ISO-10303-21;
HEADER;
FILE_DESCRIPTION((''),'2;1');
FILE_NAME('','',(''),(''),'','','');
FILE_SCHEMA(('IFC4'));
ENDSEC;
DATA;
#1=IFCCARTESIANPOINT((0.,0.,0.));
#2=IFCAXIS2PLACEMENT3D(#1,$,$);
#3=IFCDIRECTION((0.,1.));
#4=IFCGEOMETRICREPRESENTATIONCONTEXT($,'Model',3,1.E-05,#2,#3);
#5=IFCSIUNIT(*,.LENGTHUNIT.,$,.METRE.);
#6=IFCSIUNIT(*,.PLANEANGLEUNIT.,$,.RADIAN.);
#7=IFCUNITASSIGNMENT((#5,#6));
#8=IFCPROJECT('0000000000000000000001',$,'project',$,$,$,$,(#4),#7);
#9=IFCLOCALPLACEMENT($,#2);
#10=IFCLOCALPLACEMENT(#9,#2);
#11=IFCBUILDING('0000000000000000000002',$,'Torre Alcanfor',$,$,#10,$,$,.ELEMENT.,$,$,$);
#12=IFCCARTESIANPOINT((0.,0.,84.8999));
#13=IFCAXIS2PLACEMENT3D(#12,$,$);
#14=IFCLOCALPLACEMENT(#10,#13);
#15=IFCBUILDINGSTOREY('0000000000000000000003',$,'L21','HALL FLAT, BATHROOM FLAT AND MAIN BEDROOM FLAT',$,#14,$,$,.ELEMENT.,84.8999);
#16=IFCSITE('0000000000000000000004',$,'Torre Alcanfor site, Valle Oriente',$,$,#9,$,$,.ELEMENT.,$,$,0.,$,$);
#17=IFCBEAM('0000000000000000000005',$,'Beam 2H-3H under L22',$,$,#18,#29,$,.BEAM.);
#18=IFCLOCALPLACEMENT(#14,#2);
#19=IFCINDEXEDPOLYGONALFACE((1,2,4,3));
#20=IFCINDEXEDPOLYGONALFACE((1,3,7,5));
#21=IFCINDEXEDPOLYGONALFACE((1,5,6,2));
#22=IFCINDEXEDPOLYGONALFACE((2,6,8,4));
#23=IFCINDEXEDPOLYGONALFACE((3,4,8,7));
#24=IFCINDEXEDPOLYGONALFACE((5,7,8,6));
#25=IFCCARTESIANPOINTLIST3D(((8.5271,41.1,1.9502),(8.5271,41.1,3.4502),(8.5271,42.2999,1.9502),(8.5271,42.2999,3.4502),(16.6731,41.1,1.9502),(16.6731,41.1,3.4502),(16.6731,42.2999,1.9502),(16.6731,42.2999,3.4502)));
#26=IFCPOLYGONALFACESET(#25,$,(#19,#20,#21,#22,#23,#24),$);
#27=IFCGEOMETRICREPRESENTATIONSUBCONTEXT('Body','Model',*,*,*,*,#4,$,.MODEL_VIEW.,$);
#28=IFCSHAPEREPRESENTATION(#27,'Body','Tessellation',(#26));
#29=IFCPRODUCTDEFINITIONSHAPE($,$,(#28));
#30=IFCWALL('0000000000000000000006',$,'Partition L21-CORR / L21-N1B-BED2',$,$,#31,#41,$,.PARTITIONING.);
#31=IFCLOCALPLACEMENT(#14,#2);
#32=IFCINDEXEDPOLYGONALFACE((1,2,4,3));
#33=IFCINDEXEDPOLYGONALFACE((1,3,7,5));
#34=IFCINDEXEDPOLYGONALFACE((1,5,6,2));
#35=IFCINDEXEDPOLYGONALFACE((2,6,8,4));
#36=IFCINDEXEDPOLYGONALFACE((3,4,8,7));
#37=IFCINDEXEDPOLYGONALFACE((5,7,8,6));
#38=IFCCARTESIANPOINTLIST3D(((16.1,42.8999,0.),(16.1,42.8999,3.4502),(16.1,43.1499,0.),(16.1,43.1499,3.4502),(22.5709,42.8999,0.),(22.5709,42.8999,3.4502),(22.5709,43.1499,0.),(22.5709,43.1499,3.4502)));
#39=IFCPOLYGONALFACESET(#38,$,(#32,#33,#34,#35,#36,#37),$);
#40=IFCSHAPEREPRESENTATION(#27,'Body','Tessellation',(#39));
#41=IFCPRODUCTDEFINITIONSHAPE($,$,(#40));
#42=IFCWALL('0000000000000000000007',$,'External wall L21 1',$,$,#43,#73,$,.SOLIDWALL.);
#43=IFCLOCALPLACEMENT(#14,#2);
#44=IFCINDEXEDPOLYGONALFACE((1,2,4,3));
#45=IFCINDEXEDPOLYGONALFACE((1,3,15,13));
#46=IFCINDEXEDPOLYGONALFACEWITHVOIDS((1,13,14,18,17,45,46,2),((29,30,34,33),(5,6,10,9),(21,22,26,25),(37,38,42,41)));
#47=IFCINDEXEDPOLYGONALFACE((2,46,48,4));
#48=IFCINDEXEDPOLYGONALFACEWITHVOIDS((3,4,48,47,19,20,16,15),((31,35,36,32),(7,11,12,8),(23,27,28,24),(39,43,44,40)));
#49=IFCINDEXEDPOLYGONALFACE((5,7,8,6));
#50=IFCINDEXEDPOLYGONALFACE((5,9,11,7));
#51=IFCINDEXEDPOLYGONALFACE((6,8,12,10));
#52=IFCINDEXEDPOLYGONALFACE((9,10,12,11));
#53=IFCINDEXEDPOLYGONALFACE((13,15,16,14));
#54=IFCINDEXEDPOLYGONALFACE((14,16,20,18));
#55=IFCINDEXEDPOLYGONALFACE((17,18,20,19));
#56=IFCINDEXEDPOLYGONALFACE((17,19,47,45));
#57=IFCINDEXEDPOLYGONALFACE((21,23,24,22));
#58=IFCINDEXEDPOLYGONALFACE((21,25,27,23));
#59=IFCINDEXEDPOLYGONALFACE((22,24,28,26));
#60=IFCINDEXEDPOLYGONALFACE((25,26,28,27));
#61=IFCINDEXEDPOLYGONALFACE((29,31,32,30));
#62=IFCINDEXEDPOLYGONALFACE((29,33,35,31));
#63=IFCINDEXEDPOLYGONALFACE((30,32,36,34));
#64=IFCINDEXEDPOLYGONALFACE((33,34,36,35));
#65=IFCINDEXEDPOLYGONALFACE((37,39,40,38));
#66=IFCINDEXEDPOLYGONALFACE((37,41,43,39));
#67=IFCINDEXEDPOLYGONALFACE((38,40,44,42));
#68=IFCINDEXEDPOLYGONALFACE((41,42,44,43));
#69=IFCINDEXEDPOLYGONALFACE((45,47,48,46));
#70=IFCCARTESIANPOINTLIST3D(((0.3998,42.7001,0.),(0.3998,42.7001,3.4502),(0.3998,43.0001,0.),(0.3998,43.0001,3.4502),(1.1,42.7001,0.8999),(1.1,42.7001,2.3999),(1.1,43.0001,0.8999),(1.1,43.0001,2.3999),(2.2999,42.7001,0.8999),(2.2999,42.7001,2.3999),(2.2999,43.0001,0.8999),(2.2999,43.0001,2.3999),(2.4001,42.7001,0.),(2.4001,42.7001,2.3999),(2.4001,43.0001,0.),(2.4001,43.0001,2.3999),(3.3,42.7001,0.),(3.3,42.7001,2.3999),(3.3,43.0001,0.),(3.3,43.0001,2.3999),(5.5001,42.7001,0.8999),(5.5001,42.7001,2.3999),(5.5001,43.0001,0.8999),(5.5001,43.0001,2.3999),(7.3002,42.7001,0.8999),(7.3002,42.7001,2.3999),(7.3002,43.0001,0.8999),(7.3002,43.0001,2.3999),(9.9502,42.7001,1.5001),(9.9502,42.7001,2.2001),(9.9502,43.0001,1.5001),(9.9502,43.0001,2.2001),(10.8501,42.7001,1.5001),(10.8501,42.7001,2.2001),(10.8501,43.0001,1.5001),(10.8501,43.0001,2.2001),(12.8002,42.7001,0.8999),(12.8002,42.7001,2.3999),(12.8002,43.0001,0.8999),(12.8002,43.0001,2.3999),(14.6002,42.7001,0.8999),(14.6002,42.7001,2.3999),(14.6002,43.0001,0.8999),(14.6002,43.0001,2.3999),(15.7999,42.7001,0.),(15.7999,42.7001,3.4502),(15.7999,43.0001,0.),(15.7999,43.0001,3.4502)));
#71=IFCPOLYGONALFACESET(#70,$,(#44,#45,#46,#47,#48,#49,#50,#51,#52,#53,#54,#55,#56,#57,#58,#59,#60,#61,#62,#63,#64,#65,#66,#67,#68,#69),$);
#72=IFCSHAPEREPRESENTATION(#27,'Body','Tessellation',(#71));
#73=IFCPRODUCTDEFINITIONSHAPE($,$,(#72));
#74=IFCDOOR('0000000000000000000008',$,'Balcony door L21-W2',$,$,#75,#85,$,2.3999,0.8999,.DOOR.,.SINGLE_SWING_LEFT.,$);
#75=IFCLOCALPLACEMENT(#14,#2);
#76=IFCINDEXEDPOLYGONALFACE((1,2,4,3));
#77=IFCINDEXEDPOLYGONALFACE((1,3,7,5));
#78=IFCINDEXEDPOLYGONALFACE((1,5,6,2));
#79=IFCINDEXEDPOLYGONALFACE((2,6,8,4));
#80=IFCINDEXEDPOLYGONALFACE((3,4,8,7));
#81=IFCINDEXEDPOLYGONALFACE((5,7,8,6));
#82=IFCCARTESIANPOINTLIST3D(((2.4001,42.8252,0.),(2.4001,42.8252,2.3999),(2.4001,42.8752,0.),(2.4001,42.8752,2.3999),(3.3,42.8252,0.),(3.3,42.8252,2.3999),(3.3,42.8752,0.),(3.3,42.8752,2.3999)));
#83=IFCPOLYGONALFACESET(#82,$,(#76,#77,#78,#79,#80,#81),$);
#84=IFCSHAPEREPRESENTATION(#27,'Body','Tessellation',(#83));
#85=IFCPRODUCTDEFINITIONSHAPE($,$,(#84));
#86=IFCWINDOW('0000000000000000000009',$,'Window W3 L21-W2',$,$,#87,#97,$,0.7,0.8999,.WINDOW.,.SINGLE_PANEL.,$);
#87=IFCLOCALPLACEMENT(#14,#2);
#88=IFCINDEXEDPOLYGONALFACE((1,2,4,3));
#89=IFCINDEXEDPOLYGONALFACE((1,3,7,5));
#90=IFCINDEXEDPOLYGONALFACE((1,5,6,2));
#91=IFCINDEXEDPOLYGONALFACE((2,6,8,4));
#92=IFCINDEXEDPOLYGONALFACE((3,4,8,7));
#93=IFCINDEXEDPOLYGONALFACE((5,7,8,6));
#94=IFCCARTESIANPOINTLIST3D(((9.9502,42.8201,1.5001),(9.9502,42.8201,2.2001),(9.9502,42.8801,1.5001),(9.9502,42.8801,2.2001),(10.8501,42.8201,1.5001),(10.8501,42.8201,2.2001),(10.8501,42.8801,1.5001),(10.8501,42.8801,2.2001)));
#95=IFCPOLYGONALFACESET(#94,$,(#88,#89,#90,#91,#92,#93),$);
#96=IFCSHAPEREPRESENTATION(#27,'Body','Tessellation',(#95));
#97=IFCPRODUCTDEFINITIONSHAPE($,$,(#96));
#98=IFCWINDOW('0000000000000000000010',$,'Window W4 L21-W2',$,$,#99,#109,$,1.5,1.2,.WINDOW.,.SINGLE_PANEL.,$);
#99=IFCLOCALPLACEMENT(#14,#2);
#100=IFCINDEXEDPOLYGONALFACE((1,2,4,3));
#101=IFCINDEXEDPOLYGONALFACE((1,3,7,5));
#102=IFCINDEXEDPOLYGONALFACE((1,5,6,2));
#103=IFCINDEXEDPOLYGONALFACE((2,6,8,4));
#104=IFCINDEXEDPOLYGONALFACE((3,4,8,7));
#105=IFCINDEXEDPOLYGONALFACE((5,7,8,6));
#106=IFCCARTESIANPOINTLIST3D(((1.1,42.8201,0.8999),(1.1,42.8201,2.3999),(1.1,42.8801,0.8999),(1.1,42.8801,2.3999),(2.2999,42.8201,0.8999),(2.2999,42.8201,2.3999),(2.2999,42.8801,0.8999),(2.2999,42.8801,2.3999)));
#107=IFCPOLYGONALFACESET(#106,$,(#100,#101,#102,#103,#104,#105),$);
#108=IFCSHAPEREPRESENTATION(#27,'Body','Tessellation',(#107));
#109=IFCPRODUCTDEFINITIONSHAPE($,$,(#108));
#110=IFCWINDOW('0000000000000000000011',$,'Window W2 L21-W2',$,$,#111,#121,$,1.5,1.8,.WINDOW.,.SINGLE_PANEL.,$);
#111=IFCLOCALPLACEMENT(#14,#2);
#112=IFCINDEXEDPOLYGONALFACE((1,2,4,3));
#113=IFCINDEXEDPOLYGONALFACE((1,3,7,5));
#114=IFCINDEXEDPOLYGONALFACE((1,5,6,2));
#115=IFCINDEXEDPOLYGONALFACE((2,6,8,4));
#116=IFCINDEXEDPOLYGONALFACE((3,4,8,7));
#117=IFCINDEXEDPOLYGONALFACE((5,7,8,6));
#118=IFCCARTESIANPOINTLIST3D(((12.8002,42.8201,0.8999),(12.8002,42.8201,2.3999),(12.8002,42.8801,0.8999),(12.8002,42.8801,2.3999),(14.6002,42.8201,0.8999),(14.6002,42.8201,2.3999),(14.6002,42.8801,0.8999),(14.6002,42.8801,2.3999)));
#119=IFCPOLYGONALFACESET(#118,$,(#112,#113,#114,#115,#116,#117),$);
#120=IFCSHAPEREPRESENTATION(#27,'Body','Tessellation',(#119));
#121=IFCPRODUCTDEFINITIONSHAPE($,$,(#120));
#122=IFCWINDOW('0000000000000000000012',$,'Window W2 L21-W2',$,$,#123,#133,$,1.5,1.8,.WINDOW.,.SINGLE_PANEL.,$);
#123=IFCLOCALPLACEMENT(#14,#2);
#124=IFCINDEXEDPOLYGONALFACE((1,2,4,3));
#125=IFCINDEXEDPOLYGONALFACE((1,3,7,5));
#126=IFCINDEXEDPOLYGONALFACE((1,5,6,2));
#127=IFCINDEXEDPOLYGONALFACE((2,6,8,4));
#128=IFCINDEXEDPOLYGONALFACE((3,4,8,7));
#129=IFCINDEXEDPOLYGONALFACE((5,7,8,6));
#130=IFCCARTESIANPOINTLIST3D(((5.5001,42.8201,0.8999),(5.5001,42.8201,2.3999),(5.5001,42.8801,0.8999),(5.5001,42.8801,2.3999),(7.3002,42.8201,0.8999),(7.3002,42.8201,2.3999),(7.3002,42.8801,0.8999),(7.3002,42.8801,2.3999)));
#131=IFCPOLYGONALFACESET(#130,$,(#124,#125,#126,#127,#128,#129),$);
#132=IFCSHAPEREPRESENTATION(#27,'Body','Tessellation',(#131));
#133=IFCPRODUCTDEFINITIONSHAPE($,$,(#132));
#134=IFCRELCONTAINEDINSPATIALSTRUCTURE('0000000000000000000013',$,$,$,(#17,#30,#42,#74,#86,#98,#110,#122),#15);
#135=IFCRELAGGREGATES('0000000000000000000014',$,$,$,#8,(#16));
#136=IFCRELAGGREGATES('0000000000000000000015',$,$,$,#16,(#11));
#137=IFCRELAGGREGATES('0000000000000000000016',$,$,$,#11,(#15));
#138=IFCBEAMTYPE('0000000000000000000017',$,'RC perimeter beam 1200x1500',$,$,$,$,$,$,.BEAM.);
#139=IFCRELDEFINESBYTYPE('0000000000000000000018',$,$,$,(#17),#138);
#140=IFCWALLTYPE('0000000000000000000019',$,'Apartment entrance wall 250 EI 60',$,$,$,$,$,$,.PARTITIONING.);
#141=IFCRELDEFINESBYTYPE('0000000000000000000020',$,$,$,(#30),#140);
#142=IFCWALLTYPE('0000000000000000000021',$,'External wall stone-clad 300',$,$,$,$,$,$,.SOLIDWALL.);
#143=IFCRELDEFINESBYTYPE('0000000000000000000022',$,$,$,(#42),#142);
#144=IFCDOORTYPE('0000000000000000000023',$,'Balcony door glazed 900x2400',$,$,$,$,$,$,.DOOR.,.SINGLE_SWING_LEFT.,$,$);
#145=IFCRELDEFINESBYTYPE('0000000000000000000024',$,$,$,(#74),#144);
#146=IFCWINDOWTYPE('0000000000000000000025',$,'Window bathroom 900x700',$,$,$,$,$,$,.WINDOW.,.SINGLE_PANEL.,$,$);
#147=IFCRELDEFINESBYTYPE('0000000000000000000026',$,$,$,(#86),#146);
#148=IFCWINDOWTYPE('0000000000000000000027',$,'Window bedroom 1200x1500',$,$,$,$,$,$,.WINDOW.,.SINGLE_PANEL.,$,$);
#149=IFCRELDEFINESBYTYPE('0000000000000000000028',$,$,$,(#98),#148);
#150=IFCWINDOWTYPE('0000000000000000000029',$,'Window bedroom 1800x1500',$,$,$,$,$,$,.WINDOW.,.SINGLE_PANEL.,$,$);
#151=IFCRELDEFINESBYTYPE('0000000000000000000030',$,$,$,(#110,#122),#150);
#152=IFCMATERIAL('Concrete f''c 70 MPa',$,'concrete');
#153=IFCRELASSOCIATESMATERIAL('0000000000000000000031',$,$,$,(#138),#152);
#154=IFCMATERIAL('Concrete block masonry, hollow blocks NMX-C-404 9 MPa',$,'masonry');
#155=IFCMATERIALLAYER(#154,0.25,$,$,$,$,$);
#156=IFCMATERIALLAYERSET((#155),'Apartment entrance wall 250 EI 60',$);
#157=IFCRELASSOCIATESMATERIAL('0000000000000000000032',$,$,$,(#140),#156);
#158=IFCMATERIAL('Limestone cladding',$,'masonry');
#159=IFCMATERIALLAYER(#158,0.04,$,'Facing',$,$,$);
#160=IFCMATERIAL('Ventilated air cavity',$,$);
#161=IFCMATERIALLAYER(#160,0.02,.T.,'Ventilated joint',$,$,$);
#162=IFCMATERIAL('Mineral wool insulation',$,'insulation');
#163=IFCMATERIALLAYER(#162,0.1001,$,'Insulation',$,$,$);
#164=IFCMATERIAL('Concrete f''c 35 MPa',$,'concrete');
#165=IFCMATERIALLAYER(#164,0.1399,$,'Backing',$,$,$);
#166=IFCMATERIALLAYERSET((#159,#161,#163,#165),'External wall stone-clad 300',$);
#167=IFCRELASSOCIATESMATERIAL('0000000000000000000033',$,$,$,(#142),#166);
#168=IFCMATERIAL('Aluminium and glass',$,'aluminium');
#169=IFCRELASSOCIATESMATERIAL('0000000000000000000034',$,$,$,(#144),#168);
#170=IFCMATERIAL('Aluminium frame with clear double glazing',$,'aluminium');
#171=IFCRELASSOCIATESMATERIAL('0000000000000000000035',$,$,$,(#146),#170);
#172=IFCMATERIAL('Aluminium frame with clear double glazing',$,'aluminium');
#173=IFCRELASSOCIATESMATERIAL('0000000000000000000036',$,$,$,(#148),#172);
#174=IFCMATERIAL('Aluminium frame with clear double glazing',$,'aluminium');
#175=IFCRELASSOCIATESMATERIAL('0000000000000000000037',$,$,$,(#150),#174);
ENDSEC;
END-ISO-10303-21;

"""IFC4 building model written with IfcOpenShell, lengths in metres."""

from ifc_helpers import new_model, si_unit, direction, frame, frame_2d, origin, origin_2d, place, context, subcontext, project, spatial, rectangle, extrude, material, layer, layer_set, material_profile, profile_set, type_object, element, fill, save


model = new_model("IFC4")

# Units and contexts
model_context = context("Model", 3, precision=1e-05, world=origin(), true_north=direction((0.0, 1.0)))
body_context = subcontext(model_context, "Body", "Model", "MODEL_VIEW")
ifc_project = project(units=[si_unit("LENGTHUNIT", "METRE"), si_unit("PLANEANGLEUNIT", "RADIAN")], contexts=[model_context])

# Site, building, storey
site_placement = place(None, origin())
site = spatial("IfcSite", under=ifc_project, at=site_placement, Name="Torre Alcanfor site, Valle Oriente", CompositionType="ELEMENT", RefElevation=0.0)
building_placement = place(site_placement, origin())
building = spatial("IfcBuilding", under=site, at=building_placement, Name="Torre Alcanfor", CompositionType="ELEMENT")
storey_placement = place(building_placement, frame((0.0, 0.0, 84.8999)))
storey = spatial("IfcBuildingStorey", under=building, at=storey_placement, Name="L21", Description="HALL FLAT, BATHROOM FLAT AND MAIN BEDROOM FLAT", CompositionType="ELEMENT", Elevation=84.8999)

# Beam
ifc_material_1 = material(Name="Concrete f'c 70 MPa", Category="concrete")
ifc_material_profile_1 = material_profile(ifc_material_1, rectangle(XDim=1.2, YDim=1.5, at=origin_2d()), Name="1200x1500")
ifc_profile_set_1 = profile_set([ifc_material_profile_1], Name="Concrete f'c 70 MPa")
beam_type_1 = type_object("IfcBeamType", Name="RC perimeter beam 1200x1500", PredefinedType="BEAM", material=ifc_profile_set_1)
beam_1_placement = place(storey_placement, frame((8.5271, 41.7, 2.7002), z_axis=(1.0, 0.0, 0.0), x_axis=(0.0, 1.0, 0.0)))
element("IfcBeam", 1, at=beam_1_placement, inside=storey, type_object=beam_type_1, Name="Beam 2H-3H under L22", PredefinedType="BEAM", context=body_context, shape_type="SweptSolid", body=[
    extrude(rectangle(XDim=1.2, YDim=1.5, at=origin_2d()), origin(), (0.0, 0.0, 1.0), 8.146),
])

# Wall
ifc_material_2 = material(Name="Concrete block masonry, hollow blocks NMX-C-404 9 MPa", Category="masonry")
ifc_layer_1 = layer(ifc_material_2, 0.25)
ifc_layer_set_1 = layer_set([ifc_layer_1], Name="Apartment entrance wall 250 EI 60")
wall_type_1 = type_object("IfcWallType", Name="Apartment entrance wall 250 EI 60", PredefinedType="PARTITIONING", material=ifc_layer_set_1)
wall_1_placement = place(storey_placement, frame((16.1001, 43.0249, 0.0), z_axis=(0.0, 0.0, 1.0), x_axis=(1.0, 0.0, 0.0)))
element("IfcWall", 2, at=wall_1_placement, inside=storey, type_object=wall_type_1, Name="Partition L21-CORR / L21-N1B-BED2", PredefinedType="PARTITIONING", context=body_context, shape_type="SweptSolid", body=[
    extrude(rectangle(XDim=6.4709, YDim=0.25, at=frame_2d((3.2354, 0.0))), origin(), (0.0, 0.0, 1.0), 3.4502),
])

# Wall, openings, door, windows
ifc_material_3 = material(Name="Limestone cladding", Category="masonry")
ifc_layer_2 = layer(ifc_material_3, 0.04, Name="Facing")
ifc_material_4 = material(Name="Ventilated air cavity")
ifc_layer_3 = layer(ifc_material_4, 0.02, ventilated=True, Name="Ventilated joint")
ifc_material_5 = material(Name="Mineral wool insulation", Category="insulation")
ifc_layer_4 = layer(ifc_material_5, 0.1001, Name="Insulation")
ifc_material_6 = material(Name="Concrete f'c 35 MPa", Category="concrete")
ifc_layer_5 = layer(ifc_material_6, 0.1399, Name="Backing")
ifc_layer_set_2 = layer_set([ifc_layer_2, ifc_layer_3, ifc_layer_4, ifc_layer_5], Name="External wall stone-clad 300")
wall_type_2 = type_object("IfcWallType", Name="External wall stone-clad 300", PredefinedType="SOLIDWALL", material=ifc_layer_set_2)
wall_2_placement = place(storey_placement, frame((15.8, 42.8501, 0.0), z_axis=(0.0, 0.0, 1.0), x_axis=(-1.0, 0.0, 0.0)))
wall_2 = element("IfcWall", 3, at=wall_2_placement, inside=storey, type_object=wall_type_2, Name="External wall L21 1", PredefinedType="SOLIDWALL", context=body_context, shape_type="SweptSolid", body=[
    extrude(rectangle(XDim=15.4001, YDim=0.3, at=frame_2d((7.7002, 0.0))), origin(), (0.0, 0.0, 1.0), 3.4502),
])
opening_1_placement = place(wall_2_placement, frame((1.2, 0.0, 0.8999)))
opening_1 = element("IfcOpeningElement", 4, at=opening_1_placement, cuts=wall_2, PredefinedType="OPENING", context=body_context, shape_type="SweptSolid", body=[
    extrude(rectangle(XDim=1.8, YDim=1.5, at=frame_2d((0.8999, 0.75))), frame((0.0, 0.1599, 0.0), z_axis=(0.0, -1.0, 0.0), x_axis=(1.0, 0.0, 0.0)), (0.0, 0.0, 1.0), 0.3201),
])
opening_2_placement = place(wall_2_placement, frame((4.95, 0.0, 1.5)))
opening_2 = element("IfcOpeningElement", 5, at=opening_2_placement, cuts=wall_2, PredefinedType="OPENING", context=body_context, shape_type="SweptSolid", body=[
    extrude(rectangle(XDim=0.8999, YDim=0.7, at=frame_2d((0.45, 0.3501))), frame((0.0, 0.1599, 0.0), z_axis=(0.0, -1.0, 0.0), x_axis=(1.0, 0.0, 0.0)), (0.0, 0.0, 1.0), 0.3201),
])
opening_3_placement = place(wall_2_placement, frame((8.5, 0.0, 0.8999)))
opening_3 = element("IfcOpeningElement", 6, at=opening_3_placement, cuts=wall_2, PredefinedType="OPENING", context=body_context, shape_type="SweptSolid", body=[
    extrude(rectangle(XDim=1.8, YDim=1.5, at=frame_2d((0.8999, 0.75))), frame((0.0, 0.1599, 0.0), z_axis=(0.0, -1.0, 0.0), x_axis=(1.0, 0.0, 0.0)), (0.0, 0.0, 1.0), 0.3201),
])
opening_4_placement = place(wall_2_placement, frame((12.5, 0.0, 0.0)))
opening_4 = element("IfcOpeningElement", 7, at=opening_4_placement, cuts=wall_2, PredefinedType="OPENING", context=body_context, shape_type="SweptSolid", body=[
    extrude(rectangle(XDim=0.8999, YDim=2.3999, at=frame_2d((0.45, 1.2))), frame((0.0, 0.1599, 0.0), z_axis=(0.0, -1.0, 0.0), x_axis=(1.0, 0.0, 0.0)), (0.0, 0.0, 1.0), 0.3201),
])
opening_5_placement = place(wall_2_placement, frame((13.5, 0.0, 0.8999)))
opening_5 = element("IfcOpeningElement", 8, at=opening_5_placement, cuts=wall_2, PredefinedType="OPENING", context=body_context, shape_type="SweptSolid", body=[
    extrude(rectangle(XDim=1.2, YDim=1.5, at=frame_2d((0.6001, 0.75))), frame((0.0, 0.1599, 0.0), z_axis=(0.0, -1.0, 0.0), x_axis=(1.0, 0.0, 0.0)), (0.0, 0.0, 1.0), 0.3201),
])
ifc_material_7 = material(Name="Aluminium and glass", Category="aluminium")
door_type = type_object("IfcDoorType", Name="Balcony door glazed 900x2400", OperationType="SINGLE_SWING_LEFT", PredefinedType="DOOR", material=ifc_material_7)
door_1_placement = place(opening_4_placement, origin())
door_1 = element("IfcDoor", 9, at=door_1_placement, inside=storey, type_object=door_type, Name="Balcony door L21-W2", OperationType="SINGLE_SWING_LEFT", OverallHeight=2.3999, OverallWidth=0.8999, PredefinedType="DOOR", context=body_context, shape_type="SweptSolid", body=[
    extrude(rectangle(XDim=0.8999, YDim=2.3999, at=frame_2d((0.45, 1.2))), frame((0.0, 0.0249, 0.0), z_axis=(0.0, -1.0, 0.0), x_axis=(1.0, 0.0, 0.0)), (0.0, 0.0, 1.0), 0.05),
])
fill(opening_4, door_1)
ifc_material_8 = material(Name="Aluminium frame with clear double glazing", Category="aluminium")
window_type_1 = type_object("IfcWindowType", Name="Window bathroom 900x700", PartitioningType="SINGLE_PANEL", PredefinedType="WINDOW", material=ifc_material_8)
window_1_placement = place(opening_2_placement, origin())
window_1 = element("IfcWindow", 10, at=window_1_placement, inside=storey, type_object=window_type_1, Name="Window W3 L21-W2", OverallHeight=0.7, OverallWidth=0.8999, PartitioningType="SINGLE_PANEL", PredefinedType="WINDOW", context=body_context, shape_type="SweptSolid", body=[
    extrude(rectangle(XDim=0.8999, YDim=0.7, at=frame_2d((0.45, 0.3501))), frame((0.0, 0.03, 0.0), z_axis=(0.0, -1.0, 0.0), x_axis=(1.0, 0.0, 0.0)), (0.0, 0.0, 1.0), 0.0601),
])
fill(opening_2, window_1)
ifc_material_9 = material(Name="Aluminium frame with clear double glazing", Category="aluminium")
window_type_2 = type_object("IfcWindowType", Name="Window bedroom 1200x1500", PartitioningType="SINGLE_PANEL", PredefinedType="WINDOW", material=ifc_material_9)
window_2_placement = place(opening_5_placement, origin())
window_2 = element("IfcWindow", 11, at=window_2_placement, inside=storey, type_object=window_type_2, Name="Window W4 L21-W2", OverallHeight=1.5, OverallWidth=1.2, PartitioningType="SINGLE_PANEL", PredefinedType="WINDOW", context=body_context, shape_type="SweptSolid", body=[
    extrude(rectangle(XDim=1.2, YDim=1.5, at=frame_2d((0.6001, 0.75))), frame((0.0, 0.03, 0.0), z_axis=(0.0, -1.0, 0.0), x_axis=(1.0, 0.0, 0.0)), (0.0, 0.0, 1.0), 0.0601),
])
fill(opening_5, window_2)
ifc_material_10 = material(Name="Aluminium frame with clear double glazing", Category="aluminium")
window_type_3 = type_object("IfcWindowType", Name="Window bedroom 1800x1500", PartitioningType="SINGLE_PANEL", PredefinedType="WINDOW", material=ifc_material_10)
window_3_placement = place(opening_1_placement, origin())
window_3 = element("IfcWindow", 12, at=window_3_placement, inside=storey, type_object=window_type_3, Name="Window W2 L21-W2", OverallHeight=1.5, OverallWidth=1.8, PartitioningType="SINGLE_PANEL", PredefinedType="WINDOW", context=body_context, shape_type="SweptSolid", body=[
    extrude(rectangle(XDim=1.8, YDim=1.5, at=frame_2d((0.8999, 0.75))), frame((0.0, 0.03, 0.0), z_axis=(0.0, -1.0, 0.0), x_axis=(1.0, 0.0, 0.0)), (0.0, 0.0, 1.0), 0.0601),
])
fill(opening_1, window_3)
window_4_placement = place(opening_3_placement, origin())
window_4 = element("IfcWindow", 13, at=window_4_placement, inside=storey, type_object=window_type_3, Name="Window W2 L21-W2", OverallHeight=1.5, OverallWidth=1.8, PartitioningType="SINGLE_PANEL", PredefinedType="WINDOW", context=body_context, shape_type="SweptSolid", body=[
    extrude(rectangle(XDim=1.8, YDim=1.5, at=frame_2d((0.8999, 0.75))), frame((0.0, 0.03, 0.0), z_axis=(0.0, -1.0, 0.0), x_axis=(1.0, 0.0, 0.0)), (0.0, 0.0, 1.0), 0.0601),
])
fill(opening_3, window_4)

save(model, "model.ifc")
